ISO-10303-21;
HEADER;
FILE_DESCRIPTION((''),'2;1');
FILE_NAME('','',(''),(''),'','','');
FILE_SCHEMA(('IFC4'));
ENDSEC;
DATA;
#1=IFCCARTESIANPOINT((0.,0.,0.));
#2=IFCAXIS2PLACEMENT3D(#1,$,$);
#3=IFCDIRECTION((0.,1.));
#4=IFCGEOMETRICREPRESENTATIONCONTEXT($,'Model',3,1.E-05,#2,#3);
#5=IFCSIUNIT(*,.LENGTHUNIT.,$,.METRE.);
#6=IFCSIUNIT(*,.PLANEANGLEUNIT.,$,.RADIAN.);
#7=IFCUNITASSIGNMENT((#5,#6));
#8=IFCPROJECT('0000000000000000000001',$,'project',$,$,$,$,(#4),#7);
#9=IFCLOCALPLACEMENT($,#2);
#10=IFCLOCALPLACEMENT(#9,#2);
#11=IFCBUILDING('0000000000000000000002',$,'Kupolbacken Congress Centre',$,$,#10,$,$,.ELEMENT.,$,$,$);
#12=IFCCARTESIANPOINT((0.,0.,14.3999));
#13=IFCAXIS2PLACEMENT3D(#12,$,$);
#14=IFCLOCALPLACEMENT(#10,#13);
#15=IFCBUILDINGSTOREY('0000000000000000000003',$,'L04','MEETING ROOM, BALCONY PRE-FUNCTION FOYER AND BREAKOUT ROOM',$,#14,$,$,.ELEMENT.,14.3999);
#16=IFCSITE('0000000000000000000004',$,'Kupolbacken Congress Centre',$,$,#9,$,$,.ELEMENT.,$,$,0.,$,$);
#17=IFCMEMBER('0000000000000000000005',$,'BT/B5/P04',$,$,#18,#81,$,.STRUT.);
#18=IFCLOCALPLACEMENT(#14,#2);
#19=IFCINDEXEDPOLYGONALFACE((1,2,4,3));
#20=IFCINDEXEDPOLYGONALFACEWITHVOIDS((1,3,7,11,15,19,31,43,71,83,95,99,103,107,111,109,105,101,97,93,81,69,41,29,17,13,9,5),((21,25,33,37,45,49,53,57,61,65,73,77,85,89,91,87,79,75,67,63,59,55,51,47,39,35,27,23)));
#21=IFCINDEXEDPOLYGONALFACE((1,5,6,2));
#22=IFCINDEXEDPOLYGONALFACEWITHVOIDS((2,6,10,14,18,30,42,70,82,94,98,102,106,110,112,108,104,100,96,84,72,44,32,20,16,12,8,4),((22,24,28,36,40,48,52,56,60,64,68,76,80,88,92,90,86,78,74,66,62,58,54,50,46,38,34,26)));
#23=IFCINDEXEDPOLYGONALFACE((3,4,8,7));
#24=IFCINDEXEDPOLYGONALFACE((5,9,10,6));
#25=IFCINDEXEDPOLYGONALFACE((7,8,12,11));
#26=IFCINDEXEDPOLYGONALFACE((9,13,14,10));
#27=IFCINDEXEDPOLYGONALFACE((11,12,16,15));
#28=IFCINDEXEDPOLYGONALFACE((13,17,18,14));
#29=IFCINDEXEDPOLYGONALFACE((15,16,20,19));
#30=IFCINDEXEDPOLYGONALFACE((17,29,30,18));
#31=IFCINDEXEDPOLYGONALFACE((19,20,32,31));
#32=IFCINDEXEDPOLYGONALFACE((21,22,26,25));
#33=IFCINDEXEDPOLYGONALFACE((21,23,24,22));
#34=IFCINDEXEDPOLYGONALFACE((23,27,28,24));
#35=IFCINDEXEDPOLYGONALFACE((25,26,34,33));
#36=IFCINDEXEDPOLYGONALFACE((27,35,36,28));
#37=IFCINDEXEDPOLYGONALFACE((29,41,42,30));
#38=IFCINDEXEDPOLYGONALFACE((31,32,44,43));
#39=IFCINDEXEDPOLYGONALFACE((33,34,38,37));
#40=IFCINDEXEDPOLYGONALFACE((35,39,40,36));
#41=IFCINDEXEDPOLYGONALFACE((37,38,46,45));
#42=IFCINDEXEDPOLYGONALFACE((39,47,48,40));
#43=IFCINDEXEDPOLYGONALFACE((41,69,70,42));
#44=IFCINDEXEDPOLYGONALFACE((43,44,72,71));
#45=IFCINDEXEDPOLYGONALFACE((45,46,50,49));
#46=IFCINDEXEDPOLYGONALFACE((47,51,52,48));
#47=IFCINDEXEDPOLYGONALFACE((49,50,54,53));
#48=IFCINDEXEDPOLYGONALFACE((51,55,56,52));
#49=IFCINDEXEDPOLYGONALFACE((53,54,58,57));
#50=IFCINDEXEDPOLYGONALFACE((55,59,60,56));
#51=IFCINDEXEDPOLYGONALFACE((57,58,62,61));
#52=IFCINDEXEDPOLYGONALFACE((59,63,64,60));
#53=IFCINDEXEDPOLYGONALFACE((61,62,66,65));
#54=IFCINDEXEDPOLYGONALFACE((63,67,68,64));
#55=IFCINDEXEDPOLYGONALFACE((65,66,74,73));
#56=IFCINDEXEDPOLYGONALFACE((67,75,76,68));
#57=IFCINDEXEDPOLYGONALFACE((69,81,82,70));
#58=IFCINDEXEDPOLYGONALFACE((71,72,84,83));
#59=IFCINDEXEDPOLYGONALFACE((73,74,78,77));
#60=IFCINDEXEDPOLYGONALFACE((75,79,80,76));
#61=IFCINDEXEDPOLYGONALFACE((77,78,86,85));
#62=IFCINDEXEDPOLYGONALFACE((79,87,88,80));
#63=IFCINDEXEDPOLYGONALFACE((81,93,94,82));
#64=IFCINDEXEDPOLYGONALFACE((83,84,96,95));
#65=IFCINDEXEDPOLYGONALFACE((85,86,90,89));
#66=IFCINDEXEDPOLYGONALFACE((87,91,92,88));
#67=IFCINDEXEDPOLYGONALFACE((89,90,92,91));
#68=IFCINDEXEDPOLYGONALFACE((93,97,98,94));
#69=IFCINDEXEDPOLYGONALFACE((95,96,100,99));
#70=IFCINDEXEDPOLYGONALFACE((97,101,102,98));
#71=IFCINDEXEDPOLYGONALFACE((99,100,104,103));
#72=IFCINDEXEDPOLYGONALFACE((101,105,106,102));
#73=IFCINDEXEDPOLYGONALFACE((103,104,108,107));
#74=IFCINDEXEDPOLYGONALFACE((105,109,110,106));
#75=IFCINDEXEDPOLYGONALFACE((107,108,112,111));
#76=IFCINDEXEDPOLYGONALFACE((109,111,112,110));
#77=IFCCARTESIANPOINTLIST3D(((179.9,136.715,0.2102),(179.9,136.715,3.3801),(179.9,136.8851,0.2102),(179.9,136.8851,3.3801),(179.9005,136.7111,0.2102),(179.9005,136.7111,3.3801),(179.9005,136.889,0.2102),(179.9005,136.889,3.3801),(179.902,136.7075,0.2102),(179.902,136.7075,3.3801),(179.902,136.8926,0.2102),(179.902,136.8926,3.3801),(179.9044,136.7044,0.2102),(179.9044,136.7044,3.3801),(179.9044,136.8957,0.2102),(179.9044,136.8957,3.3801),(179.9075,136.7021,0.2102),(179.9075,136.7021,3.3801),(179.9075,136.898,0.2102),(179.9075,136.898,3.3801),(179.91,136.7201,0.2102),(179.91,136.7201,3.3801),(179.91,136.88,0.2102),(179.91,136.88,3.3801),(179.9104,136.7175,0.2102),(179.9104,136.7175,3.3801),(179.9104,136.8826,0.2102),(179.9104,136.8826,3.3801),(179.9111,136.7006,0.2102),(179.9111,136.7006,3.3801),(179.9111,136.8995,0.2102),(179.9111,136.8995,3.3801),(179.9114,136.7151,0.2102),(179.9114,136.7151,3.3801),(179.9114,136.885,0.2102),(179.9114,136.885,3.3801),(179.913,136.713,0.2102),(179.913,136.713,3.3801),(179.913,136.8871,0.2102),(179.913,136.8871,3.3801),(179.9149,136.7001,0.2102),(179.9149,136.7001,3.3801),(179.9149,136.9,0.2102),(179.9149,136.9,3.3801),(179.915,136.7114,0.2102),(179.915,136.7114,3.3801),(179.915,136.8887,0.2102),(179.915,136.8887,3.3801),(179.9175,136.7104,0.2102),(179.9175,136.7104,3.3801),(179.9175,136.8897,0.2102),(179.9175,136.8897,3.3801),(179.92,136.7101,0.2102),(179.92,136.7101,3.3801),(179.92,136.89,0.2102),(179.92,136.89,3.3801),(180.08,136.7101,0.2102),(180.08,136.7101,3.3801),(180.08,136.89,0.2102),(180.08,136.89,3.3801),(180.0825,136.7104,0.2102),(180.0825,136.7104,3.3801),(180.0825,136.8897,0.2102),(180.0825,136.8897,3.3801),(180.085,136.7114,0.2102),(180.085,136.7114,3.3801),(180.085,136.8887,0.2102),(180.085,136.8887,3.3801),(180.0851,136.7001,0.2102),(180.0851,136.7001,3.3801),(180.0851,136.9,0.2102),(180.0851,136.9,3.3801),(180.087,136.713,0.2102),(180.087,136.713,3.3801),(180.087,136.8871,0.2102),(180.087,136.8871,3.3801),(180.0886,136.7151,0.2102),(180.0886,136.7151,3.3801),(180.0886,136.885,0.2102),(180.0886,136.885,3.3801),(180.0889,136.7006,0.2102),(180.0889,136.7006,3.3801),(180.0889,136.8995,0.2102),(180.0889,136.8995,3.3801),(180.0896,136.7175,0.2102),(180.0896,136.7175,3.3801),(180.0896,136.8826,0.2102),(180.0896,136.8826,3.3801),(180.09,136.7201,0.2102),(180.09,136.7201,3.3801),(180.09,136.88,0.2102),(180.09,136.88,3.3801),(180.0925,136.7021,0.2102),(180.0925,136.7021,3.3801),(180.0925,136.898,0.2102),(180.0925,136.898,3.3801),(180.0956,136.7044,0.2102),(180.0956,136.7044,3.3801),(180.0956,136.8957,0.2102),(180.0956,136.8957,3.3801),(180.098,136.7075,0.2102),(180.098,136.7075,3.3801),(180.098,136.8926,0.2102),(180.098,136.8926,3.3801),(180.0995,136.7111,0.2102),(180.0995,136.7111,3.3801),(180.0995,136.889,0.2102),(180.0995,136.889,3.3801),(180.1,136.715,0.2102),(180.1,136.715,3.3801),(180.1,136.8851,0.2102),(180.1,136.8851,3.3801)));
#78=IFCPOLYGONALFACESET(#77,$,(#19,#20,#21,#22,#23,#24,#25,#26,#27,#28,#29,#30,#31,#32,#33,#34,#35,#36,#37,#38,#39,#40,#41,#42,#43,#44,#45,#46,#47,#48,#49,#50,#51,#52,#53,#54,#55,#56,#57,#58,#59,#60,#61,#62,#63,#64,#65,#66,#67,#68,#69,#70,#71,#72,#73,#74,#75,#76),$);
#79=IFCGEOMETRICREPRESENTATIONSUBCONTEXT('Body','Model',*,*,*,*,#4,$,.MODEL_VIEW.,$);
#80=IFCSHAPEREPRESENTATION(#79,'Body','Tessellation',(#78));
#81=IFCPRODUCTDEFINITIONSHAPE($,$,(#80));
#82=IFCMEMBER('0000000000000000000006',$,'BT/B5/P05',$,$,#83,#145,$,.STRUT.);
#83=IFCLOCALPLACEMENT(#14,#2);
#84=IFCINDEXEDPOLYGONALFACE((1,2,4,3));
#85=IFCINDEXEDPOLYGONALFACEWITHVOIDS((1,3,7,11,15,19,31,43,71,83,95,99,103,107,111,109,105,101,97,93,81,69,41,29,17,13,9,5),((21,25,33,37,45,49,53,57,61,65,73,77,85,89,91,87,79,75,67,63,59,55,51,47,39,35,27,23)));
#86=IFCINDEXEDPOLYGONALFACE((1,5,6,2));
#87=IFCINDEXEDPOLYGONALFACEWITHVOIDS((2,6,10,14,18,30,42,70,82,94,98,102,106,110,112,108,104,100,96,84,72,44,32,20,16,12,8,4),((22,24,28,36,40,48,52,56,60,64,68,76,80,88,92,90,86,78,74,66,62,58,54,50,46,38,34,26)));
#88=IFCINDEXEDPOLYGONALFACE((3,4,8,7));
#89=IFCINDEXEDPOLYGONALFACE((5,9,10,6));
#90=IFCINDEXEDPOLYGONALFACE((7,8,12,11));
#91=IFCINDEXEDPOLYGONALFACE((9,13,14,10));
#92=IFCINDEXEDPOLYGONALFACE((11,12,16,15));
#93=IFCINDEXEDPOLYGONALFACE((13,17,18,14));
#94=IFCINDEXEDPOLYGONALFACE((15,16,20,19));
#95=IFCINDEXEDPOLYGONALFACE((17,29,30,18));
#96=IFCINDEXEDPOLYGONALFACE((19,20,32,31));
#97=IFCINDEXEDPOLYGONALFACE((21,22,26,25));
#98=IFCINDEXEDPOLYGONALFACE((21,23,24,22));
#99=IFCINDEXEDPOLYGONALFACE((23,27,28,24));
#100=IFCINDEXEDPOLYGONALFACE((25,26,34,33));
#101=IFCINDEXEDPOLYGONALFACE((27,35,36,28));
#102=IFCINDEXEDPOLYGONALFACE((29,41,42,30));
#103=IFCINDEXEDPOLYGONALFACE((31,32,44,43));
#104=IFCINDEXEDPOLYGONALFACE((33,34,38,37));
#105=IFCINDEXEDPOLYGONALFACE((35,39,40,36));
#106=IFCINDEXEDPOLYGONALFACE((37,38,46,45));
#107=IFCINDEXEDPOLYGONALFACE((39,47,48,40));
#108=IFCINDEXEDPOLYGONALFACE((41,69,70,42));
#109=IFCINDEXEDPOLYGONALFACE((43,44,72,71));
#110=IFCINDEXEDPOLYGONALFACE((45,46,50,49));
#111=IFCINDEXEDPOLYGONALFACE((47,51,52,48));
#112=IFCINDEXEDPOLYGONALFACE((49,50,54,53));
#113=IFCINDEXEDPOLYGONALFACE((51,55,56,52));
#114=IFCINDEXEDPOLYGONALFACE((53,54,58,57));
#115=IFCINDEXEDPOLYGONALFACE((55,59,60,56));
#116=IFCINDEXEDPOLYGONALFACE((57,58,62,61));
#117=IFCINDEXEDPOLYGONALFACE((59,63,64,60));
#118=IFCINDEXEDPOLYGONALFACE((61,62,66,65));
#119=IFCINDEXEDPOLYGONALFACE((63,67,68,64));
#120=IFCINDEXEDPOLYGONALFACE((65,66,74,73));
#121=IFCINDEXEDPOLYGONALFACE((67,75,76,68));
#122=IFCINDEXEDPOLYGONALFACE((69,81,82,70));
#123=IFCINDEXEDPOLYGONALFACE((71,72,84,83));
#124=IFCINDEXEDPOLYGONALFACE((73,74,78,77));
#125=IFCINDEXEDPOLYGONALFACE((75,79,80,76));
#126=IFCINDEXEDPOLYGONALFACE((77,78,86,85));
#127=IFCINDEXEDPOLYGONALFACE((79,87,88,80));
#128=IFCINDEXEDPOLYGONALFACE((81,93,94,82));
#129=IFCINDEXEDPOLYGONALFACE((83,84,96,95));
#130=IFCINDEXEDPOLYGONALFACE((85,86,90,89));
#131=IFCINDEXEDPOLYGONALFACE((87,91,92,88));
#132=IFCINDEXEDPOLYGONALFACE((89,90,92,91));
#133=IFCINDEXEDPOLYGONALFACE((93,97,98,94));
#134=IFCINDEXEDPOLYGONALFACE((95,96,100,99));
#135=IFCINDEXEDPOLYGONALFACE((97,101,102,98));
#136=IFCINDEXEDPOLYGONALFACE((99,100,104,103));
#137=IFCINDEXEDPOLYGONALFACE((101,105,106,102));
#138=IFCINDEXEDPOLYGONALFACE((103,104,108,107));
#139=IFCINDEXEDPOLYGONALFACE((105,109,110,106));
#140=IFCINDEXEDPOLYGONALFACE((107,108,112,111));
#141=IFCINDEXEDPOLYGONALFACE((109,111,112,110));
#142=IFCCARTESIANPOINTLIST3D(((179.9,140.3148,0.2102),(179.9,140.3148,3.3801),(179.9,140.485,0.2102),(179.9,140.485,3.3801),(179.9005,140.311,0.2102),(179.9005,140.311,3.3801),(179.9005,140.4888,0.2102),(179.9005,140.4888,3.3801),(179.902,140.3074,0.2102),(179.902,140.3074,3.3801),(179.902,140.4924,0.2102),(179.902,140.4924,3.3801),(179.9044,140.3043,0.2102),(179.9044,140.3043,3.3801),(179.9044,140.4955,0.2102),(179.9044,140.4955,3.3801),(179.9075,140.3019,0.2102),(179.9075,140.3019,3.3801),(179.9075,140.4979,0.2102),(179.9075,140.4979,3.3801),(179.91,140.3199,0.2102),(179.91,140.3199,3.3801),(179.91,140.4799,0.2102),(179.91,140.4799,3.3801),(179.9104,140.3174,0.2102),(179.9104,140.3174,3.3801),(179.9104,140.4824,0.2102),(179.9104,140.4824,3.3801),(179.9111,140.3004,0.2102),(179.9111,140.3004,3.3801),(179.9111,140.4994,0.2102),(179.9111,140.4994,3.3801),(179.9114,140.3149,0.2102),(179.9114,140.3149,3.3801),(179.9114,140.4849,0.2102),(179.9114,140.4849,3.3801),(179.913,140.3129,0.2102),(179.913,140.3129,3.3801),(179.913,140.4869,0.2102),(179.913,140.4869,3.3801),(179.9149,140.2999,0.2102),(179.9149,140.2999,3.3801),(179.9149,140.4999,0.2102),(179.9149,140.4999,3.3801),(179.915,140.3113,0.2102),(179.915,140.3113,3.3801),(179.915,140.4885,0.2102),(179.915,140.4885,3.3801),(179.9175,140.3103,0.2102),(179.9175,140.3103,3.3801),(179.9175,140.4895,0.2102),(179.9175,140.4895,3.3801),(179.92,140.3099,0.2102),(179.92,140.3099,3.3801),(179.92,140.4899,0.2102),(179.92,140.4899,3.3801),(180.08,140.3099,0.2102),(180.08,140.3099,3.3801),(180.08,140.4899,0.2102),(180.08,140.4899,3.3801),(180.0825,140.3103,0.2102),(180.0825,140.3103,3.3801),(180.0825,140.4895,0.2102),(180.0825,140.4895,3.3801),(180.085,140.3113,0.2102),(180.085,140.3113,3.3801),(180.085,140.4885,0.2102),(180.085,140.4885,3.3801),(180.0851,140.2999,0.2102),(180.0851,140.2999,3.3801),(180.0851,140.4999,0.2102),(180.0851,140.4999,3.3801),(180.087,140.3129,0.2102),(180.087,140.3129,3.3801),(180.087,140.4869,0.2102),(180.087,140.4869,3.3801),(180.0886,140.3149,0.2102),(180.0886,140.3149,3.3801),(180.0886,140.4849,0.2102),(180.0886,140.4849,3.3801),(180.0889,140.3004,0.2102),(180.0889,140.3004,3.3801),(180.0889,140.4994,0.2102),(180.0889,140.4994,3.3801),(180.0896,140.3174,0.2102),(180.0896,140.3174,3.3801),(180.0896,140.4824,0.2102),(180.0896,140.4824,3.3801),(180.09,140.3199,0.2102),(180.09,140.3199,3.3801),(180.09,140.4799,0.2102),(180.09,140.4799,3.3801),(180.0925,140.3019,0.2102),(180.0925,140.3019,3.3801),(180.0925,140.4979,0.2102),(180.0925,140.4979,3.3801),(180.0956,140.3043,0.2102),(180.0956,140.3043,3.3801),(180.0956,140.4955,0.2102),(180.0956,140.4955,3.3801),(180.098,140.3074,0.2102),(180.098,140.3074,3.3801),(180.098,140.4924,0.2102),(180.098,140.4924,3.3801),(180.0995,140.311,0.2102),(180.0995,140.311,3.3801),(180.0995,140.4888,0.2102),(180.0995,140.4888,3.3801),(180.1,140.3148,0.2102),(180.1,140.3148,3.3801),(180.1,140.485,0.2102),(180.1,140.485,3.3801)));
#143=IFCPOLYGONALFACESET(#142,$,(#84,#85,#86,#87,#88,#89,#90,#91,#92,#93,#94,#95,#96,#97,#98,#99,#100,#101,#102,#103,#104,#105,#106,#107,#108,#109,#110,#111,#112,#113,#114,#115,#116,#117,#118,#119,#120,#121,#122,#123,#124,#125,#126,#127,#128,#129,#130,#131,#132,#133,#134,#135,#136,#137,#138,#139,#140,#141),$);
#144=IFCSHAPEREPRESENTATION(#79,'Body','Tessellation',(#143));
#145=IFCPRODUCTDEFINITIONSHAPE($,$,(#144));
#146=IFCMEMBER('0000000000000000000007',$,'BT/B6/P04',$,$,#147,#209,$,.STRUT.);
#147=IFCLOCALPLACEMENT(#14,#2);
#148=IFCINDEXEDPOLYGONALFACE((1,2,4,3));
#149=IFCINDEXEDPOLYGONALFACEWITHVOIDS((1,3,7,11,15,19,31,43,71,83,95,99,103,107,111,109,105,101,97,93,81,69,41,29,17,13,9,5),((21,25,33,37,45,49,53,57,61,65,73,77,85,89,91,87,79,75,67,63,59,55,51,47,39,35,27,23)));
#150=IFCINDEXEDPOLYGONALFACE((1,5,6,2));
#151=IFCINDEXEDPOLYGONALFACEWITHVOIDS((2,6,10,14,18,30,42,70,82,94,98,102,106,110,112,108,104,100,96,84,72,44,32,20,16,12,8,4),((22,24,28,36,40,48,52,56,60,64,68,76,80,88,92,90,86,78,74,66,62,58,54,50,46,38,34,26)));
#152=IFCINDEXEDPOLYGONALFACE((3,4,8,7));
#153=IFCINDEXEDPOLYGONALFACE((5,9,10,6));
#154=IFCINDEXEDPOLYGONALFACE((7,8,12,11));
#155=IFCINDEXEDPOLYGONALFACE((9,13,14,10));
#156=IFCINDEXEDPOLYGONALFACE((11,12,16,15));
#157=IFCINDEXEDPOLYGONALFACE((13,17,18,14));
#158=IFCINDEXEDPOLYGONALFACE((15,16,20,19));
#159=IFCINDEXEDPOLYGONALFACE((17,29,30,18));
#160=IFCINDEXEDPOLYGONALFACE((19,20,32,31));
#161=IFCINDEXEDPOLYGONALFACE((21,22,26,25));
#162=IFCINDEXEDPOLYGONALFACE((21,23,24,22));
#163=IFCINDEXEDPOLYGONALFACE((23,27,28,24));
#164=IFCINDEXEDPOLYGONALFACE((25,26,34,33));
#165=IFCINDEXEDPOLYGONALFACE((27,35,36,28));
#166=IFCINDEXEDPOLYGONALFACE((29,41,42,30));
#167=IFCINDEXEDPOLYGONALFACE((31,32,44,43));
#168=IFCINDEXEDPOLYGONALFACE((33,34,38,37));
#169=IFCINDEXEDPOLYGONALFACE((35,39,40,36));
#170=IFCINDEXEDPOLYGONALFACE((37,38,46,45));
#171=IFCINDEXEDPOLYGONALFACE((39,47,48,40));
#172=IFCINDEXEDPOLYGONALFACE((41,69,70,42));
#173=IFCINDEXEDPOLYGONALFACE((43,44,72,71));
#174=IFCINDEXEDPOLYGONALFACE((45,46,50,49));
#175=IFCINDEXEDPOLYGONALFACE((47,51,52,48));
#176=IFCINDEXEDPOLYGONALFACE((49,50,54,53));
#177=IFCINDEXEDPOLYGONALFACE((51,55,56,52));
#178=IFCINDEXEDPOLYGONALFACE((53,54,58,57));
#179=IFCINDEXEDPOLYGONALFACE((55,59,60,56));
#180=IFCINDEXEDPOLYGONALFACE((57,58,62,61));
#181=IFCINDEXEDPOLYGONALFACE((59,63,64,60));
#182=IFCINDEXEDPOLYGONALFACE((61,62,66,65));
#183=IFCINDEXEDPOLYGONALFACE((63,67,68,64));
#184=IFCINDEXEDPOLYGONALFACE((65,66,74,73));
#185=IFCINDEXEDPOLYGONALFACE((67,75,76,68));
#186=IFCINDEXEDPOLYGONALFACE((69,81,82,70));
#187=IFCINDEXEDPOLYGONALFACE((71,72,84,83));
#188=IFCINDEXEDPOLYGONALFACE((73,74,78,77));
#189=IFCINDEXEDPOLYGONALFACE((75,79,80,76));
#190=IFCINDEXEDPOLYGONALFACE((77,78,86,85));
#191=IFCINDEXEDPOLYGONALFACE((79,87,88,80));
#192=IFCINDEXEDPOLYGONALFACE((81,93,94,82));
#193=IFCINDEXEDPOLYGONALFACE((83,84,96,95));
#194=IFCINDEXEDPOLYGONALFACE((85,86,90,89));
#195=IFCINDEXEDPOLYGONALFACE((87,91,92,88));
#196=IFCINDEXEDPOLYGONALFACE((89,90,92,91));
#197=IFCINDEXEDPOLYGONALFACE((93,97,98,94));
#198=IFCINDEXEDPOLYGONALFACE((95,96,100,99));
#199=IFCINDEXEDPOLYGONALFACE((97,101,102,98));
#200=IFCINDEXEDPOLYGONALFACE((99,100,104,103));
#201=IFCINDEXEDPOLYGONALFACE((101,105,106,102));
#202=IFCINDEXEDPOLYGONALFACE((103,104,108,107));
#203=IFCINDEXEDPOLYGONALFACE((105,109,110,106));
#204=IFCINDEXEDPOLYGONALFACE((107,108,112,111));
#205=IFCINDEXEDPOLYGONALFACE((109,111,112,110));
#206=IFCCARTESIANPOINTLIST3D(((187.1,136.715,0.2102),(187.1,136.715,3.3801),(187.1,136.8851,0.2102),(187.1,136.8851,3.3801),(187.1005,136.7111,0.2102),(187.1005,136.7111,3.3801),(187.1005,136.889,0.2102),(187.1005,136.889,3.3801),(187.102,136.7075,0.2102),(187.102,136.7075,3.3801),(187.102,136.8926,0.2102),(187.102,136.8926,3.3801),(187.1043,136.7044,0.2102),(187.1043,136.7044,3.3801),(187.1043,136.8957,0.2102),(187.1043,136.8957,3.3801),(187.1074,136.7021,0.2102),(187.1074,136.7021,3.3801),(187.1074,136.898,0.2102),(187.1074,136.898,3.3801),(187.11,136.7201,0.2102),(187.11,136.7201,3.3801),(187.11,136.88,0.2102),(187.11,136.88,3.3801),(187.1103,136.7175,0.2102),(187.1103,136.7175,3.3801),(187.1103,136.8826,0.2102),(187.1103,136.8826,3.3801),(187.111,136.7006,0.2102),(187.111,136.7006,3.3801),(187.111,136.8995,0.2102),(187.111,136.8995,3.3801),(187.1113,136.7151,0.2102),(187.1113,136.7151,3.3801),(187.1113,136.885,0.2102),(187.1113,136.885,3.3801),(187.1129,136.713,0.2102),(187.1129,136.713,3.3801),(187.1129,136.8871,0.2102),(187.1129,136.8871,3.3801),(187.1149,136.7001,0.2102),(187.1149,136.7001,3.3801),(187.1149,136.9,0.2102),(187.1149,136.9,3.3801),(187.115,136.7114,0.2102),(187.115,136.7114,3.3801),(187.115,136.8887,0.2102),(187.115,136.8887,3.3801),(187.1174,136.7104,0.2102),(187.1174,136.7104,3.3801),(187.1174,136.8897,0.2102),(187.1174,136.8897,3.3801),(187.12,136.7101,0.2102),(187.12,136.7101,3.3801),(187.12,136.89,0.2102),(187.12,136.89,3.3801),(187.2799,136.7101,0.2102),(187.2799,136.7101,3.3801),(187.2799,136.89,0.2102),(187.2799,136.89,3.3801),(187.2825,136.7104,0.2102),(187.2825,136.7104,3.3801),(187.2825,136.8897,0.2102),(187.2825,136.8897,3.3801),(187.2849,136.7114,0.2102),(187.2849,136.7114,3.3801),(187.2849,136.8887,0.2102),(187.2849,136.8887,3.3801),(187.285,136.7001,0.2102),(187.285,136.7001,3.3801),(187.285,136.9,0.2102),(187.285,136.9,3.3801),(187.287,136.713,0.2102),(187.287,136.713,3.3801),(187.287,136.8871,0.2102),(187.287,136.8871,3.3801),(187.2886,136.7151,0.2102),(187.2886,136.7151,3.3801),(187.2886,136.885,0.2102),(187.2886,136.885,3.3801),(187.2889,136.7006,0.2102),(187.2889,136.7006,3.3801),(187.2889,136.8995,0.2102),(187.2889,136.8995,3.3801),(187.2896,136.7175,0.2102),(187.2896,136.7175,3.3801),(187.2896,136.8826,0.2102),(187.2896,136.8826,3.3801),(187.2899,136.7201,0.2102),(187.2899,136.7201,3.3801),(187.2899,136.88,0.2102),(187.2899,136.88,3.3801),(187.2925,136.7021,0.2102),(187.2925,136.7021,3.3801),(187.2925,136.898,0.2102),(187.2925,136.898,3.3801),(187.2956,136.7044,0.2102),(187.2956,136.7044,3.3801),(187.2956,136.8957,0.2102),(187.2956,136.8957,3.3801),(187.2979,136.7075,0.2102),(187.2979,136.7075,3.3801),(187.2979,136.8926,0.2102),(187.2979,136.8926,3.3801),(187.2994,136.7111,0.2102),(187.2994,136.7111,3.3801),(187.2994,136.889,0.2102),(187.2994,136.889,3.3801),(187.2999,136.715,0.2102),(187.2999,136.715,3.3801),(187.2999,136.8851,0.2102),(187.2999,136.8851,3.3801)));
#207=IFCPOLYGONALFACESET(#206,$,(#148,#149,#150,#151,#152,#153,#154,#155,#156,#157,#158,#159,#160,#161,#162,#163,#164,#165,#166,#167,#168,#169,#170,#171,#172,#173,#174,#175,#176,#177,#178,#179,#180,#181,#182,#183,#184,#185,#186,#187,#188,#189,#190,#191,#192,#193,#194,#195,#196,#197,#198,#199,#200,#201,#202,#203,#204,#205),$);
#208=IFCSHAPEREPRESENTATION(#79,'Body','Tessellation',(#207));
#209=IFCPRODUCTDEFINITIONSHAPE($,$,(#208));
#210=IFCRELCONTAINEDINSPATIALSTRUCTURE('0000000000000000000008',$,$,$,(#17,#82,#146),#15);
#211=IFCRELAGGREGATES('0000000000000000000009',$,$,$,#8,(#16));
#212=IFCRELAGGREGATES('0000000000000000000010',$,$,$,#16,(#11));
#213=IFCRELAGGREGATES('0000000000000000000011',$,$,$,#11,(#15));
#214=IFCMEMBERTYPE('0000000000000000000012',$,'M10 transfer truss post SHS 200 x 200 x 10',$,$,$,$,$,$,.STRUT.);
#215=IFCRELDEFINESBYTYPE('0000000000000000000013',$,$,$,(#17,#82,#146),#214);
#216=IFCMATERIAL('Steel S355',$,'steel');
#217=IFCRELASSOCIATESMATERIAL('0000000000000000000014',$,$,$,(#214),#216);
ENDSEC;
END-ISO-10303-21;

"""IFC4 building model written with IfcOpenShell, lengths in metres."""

from ifc_helpers import new_model, si_unit, direction, frame, origin, origin_2d, place, context, subcontext, project, spatial, hollow_rectangle, extrude, material, material_profile, profile_set, type_object, element, save


model = new_model("IFC4")

# Units and contexts
model_context = context("Model", 3, precision=1e-05, world=origin(), true_north=direction((0.0, 1.0)))
body_context = subcontext(model_context, "Body", "Model", "MODEL_VIEW")
ifc_project = project(units=[si_unit("LENGTHUNIT", "METRE"), si_unit("PLANEANGLEUNIT", "RADIAN")], contexts=[model_context])

# Site, building, storey
site_placement = place(None, origin())
site = spatial("IfcSite", under=ifc_project, at=site_placement, Name="Kupolbacken Congress Centre", CompositionType="ELEMENT", RefElevation=0.0)
building_placement = place(site_placement, origin())
building = spatial("IfcBuilding", under=site, at=building_placement, Name="Kupolbacken Congress Centre", CompositionType="ELEMENT")
storey_placement = place(building_placement, frame((0.0, 0.0, 14.3999)))
storey = spatial("IfcBuildingStorey", under=building, at=storey_placement, Name="L04", Description="MEETING ROOM, BALCONY PRE-FUNCTION FOYER AND BREAKOUT ROOM", CompositionType="ELEMENT", Elevation=14.3999)

# Members
ifc_material_1 = material(Name="Steel S355", Category="steel")
ifc_material_profile_1 = material_profile(ifc_material_1, hollow_rectangle(XDim=0.2, YDim=0.2, WallThickness=0.01, InnerFilletRadius=0.01, OuterFilletRadius=0.0149, at=origin_2d()), Name="SHS 200 x 200 x 10")
ifc_profile_set_1 = profile_set([ifc_material_profile_1], Name="Steel S355")
member_type_1 = type_object("IfcMemberType", Name="M10 transfer truss post SHS 200 x 200 x 10", PredefinedType="STRUT", material=ifc_profile_set_1)
for number, where, z_axis, x_axis, name in (
    (1, (180.0, 136.8, 0.2102), (0.0, 0.0, 1.0), (0.0, 1.0, 0.0), "BT/B5/P04"),
    (2, (180.0, 140.3999, 0.2102), (0.0, 0.0, 1.0), (0.0, 1.0, 0.0), "BT/B5/P05"),
    (3, (187.2, 136.8, 0.2102), (0.0, 0.0, 1.0), (0.0, 1.0, 0.0), "BT/B6/P04"),
):
    element("IfcMember", number, at=place(storey_placement, frame(where, z_axis=z_axis, x_axis=x_axis)), inside=storey, type_object=member_type_1, Name=name, PredefinedType="STRUT", context=body_context, shape_type="SweptSolid", body=[
        extrude(hollow_rectangle(XDim=0.2, YDim=0.2, WallThickness=0.01, InnerFilletRadius=0.01, OuterFilletRadius=0.0149, at=origin_2d()), origin(), (0.0, 0.0, 1.0), 3.1699),
    ])

save(model, "model.ifc")
